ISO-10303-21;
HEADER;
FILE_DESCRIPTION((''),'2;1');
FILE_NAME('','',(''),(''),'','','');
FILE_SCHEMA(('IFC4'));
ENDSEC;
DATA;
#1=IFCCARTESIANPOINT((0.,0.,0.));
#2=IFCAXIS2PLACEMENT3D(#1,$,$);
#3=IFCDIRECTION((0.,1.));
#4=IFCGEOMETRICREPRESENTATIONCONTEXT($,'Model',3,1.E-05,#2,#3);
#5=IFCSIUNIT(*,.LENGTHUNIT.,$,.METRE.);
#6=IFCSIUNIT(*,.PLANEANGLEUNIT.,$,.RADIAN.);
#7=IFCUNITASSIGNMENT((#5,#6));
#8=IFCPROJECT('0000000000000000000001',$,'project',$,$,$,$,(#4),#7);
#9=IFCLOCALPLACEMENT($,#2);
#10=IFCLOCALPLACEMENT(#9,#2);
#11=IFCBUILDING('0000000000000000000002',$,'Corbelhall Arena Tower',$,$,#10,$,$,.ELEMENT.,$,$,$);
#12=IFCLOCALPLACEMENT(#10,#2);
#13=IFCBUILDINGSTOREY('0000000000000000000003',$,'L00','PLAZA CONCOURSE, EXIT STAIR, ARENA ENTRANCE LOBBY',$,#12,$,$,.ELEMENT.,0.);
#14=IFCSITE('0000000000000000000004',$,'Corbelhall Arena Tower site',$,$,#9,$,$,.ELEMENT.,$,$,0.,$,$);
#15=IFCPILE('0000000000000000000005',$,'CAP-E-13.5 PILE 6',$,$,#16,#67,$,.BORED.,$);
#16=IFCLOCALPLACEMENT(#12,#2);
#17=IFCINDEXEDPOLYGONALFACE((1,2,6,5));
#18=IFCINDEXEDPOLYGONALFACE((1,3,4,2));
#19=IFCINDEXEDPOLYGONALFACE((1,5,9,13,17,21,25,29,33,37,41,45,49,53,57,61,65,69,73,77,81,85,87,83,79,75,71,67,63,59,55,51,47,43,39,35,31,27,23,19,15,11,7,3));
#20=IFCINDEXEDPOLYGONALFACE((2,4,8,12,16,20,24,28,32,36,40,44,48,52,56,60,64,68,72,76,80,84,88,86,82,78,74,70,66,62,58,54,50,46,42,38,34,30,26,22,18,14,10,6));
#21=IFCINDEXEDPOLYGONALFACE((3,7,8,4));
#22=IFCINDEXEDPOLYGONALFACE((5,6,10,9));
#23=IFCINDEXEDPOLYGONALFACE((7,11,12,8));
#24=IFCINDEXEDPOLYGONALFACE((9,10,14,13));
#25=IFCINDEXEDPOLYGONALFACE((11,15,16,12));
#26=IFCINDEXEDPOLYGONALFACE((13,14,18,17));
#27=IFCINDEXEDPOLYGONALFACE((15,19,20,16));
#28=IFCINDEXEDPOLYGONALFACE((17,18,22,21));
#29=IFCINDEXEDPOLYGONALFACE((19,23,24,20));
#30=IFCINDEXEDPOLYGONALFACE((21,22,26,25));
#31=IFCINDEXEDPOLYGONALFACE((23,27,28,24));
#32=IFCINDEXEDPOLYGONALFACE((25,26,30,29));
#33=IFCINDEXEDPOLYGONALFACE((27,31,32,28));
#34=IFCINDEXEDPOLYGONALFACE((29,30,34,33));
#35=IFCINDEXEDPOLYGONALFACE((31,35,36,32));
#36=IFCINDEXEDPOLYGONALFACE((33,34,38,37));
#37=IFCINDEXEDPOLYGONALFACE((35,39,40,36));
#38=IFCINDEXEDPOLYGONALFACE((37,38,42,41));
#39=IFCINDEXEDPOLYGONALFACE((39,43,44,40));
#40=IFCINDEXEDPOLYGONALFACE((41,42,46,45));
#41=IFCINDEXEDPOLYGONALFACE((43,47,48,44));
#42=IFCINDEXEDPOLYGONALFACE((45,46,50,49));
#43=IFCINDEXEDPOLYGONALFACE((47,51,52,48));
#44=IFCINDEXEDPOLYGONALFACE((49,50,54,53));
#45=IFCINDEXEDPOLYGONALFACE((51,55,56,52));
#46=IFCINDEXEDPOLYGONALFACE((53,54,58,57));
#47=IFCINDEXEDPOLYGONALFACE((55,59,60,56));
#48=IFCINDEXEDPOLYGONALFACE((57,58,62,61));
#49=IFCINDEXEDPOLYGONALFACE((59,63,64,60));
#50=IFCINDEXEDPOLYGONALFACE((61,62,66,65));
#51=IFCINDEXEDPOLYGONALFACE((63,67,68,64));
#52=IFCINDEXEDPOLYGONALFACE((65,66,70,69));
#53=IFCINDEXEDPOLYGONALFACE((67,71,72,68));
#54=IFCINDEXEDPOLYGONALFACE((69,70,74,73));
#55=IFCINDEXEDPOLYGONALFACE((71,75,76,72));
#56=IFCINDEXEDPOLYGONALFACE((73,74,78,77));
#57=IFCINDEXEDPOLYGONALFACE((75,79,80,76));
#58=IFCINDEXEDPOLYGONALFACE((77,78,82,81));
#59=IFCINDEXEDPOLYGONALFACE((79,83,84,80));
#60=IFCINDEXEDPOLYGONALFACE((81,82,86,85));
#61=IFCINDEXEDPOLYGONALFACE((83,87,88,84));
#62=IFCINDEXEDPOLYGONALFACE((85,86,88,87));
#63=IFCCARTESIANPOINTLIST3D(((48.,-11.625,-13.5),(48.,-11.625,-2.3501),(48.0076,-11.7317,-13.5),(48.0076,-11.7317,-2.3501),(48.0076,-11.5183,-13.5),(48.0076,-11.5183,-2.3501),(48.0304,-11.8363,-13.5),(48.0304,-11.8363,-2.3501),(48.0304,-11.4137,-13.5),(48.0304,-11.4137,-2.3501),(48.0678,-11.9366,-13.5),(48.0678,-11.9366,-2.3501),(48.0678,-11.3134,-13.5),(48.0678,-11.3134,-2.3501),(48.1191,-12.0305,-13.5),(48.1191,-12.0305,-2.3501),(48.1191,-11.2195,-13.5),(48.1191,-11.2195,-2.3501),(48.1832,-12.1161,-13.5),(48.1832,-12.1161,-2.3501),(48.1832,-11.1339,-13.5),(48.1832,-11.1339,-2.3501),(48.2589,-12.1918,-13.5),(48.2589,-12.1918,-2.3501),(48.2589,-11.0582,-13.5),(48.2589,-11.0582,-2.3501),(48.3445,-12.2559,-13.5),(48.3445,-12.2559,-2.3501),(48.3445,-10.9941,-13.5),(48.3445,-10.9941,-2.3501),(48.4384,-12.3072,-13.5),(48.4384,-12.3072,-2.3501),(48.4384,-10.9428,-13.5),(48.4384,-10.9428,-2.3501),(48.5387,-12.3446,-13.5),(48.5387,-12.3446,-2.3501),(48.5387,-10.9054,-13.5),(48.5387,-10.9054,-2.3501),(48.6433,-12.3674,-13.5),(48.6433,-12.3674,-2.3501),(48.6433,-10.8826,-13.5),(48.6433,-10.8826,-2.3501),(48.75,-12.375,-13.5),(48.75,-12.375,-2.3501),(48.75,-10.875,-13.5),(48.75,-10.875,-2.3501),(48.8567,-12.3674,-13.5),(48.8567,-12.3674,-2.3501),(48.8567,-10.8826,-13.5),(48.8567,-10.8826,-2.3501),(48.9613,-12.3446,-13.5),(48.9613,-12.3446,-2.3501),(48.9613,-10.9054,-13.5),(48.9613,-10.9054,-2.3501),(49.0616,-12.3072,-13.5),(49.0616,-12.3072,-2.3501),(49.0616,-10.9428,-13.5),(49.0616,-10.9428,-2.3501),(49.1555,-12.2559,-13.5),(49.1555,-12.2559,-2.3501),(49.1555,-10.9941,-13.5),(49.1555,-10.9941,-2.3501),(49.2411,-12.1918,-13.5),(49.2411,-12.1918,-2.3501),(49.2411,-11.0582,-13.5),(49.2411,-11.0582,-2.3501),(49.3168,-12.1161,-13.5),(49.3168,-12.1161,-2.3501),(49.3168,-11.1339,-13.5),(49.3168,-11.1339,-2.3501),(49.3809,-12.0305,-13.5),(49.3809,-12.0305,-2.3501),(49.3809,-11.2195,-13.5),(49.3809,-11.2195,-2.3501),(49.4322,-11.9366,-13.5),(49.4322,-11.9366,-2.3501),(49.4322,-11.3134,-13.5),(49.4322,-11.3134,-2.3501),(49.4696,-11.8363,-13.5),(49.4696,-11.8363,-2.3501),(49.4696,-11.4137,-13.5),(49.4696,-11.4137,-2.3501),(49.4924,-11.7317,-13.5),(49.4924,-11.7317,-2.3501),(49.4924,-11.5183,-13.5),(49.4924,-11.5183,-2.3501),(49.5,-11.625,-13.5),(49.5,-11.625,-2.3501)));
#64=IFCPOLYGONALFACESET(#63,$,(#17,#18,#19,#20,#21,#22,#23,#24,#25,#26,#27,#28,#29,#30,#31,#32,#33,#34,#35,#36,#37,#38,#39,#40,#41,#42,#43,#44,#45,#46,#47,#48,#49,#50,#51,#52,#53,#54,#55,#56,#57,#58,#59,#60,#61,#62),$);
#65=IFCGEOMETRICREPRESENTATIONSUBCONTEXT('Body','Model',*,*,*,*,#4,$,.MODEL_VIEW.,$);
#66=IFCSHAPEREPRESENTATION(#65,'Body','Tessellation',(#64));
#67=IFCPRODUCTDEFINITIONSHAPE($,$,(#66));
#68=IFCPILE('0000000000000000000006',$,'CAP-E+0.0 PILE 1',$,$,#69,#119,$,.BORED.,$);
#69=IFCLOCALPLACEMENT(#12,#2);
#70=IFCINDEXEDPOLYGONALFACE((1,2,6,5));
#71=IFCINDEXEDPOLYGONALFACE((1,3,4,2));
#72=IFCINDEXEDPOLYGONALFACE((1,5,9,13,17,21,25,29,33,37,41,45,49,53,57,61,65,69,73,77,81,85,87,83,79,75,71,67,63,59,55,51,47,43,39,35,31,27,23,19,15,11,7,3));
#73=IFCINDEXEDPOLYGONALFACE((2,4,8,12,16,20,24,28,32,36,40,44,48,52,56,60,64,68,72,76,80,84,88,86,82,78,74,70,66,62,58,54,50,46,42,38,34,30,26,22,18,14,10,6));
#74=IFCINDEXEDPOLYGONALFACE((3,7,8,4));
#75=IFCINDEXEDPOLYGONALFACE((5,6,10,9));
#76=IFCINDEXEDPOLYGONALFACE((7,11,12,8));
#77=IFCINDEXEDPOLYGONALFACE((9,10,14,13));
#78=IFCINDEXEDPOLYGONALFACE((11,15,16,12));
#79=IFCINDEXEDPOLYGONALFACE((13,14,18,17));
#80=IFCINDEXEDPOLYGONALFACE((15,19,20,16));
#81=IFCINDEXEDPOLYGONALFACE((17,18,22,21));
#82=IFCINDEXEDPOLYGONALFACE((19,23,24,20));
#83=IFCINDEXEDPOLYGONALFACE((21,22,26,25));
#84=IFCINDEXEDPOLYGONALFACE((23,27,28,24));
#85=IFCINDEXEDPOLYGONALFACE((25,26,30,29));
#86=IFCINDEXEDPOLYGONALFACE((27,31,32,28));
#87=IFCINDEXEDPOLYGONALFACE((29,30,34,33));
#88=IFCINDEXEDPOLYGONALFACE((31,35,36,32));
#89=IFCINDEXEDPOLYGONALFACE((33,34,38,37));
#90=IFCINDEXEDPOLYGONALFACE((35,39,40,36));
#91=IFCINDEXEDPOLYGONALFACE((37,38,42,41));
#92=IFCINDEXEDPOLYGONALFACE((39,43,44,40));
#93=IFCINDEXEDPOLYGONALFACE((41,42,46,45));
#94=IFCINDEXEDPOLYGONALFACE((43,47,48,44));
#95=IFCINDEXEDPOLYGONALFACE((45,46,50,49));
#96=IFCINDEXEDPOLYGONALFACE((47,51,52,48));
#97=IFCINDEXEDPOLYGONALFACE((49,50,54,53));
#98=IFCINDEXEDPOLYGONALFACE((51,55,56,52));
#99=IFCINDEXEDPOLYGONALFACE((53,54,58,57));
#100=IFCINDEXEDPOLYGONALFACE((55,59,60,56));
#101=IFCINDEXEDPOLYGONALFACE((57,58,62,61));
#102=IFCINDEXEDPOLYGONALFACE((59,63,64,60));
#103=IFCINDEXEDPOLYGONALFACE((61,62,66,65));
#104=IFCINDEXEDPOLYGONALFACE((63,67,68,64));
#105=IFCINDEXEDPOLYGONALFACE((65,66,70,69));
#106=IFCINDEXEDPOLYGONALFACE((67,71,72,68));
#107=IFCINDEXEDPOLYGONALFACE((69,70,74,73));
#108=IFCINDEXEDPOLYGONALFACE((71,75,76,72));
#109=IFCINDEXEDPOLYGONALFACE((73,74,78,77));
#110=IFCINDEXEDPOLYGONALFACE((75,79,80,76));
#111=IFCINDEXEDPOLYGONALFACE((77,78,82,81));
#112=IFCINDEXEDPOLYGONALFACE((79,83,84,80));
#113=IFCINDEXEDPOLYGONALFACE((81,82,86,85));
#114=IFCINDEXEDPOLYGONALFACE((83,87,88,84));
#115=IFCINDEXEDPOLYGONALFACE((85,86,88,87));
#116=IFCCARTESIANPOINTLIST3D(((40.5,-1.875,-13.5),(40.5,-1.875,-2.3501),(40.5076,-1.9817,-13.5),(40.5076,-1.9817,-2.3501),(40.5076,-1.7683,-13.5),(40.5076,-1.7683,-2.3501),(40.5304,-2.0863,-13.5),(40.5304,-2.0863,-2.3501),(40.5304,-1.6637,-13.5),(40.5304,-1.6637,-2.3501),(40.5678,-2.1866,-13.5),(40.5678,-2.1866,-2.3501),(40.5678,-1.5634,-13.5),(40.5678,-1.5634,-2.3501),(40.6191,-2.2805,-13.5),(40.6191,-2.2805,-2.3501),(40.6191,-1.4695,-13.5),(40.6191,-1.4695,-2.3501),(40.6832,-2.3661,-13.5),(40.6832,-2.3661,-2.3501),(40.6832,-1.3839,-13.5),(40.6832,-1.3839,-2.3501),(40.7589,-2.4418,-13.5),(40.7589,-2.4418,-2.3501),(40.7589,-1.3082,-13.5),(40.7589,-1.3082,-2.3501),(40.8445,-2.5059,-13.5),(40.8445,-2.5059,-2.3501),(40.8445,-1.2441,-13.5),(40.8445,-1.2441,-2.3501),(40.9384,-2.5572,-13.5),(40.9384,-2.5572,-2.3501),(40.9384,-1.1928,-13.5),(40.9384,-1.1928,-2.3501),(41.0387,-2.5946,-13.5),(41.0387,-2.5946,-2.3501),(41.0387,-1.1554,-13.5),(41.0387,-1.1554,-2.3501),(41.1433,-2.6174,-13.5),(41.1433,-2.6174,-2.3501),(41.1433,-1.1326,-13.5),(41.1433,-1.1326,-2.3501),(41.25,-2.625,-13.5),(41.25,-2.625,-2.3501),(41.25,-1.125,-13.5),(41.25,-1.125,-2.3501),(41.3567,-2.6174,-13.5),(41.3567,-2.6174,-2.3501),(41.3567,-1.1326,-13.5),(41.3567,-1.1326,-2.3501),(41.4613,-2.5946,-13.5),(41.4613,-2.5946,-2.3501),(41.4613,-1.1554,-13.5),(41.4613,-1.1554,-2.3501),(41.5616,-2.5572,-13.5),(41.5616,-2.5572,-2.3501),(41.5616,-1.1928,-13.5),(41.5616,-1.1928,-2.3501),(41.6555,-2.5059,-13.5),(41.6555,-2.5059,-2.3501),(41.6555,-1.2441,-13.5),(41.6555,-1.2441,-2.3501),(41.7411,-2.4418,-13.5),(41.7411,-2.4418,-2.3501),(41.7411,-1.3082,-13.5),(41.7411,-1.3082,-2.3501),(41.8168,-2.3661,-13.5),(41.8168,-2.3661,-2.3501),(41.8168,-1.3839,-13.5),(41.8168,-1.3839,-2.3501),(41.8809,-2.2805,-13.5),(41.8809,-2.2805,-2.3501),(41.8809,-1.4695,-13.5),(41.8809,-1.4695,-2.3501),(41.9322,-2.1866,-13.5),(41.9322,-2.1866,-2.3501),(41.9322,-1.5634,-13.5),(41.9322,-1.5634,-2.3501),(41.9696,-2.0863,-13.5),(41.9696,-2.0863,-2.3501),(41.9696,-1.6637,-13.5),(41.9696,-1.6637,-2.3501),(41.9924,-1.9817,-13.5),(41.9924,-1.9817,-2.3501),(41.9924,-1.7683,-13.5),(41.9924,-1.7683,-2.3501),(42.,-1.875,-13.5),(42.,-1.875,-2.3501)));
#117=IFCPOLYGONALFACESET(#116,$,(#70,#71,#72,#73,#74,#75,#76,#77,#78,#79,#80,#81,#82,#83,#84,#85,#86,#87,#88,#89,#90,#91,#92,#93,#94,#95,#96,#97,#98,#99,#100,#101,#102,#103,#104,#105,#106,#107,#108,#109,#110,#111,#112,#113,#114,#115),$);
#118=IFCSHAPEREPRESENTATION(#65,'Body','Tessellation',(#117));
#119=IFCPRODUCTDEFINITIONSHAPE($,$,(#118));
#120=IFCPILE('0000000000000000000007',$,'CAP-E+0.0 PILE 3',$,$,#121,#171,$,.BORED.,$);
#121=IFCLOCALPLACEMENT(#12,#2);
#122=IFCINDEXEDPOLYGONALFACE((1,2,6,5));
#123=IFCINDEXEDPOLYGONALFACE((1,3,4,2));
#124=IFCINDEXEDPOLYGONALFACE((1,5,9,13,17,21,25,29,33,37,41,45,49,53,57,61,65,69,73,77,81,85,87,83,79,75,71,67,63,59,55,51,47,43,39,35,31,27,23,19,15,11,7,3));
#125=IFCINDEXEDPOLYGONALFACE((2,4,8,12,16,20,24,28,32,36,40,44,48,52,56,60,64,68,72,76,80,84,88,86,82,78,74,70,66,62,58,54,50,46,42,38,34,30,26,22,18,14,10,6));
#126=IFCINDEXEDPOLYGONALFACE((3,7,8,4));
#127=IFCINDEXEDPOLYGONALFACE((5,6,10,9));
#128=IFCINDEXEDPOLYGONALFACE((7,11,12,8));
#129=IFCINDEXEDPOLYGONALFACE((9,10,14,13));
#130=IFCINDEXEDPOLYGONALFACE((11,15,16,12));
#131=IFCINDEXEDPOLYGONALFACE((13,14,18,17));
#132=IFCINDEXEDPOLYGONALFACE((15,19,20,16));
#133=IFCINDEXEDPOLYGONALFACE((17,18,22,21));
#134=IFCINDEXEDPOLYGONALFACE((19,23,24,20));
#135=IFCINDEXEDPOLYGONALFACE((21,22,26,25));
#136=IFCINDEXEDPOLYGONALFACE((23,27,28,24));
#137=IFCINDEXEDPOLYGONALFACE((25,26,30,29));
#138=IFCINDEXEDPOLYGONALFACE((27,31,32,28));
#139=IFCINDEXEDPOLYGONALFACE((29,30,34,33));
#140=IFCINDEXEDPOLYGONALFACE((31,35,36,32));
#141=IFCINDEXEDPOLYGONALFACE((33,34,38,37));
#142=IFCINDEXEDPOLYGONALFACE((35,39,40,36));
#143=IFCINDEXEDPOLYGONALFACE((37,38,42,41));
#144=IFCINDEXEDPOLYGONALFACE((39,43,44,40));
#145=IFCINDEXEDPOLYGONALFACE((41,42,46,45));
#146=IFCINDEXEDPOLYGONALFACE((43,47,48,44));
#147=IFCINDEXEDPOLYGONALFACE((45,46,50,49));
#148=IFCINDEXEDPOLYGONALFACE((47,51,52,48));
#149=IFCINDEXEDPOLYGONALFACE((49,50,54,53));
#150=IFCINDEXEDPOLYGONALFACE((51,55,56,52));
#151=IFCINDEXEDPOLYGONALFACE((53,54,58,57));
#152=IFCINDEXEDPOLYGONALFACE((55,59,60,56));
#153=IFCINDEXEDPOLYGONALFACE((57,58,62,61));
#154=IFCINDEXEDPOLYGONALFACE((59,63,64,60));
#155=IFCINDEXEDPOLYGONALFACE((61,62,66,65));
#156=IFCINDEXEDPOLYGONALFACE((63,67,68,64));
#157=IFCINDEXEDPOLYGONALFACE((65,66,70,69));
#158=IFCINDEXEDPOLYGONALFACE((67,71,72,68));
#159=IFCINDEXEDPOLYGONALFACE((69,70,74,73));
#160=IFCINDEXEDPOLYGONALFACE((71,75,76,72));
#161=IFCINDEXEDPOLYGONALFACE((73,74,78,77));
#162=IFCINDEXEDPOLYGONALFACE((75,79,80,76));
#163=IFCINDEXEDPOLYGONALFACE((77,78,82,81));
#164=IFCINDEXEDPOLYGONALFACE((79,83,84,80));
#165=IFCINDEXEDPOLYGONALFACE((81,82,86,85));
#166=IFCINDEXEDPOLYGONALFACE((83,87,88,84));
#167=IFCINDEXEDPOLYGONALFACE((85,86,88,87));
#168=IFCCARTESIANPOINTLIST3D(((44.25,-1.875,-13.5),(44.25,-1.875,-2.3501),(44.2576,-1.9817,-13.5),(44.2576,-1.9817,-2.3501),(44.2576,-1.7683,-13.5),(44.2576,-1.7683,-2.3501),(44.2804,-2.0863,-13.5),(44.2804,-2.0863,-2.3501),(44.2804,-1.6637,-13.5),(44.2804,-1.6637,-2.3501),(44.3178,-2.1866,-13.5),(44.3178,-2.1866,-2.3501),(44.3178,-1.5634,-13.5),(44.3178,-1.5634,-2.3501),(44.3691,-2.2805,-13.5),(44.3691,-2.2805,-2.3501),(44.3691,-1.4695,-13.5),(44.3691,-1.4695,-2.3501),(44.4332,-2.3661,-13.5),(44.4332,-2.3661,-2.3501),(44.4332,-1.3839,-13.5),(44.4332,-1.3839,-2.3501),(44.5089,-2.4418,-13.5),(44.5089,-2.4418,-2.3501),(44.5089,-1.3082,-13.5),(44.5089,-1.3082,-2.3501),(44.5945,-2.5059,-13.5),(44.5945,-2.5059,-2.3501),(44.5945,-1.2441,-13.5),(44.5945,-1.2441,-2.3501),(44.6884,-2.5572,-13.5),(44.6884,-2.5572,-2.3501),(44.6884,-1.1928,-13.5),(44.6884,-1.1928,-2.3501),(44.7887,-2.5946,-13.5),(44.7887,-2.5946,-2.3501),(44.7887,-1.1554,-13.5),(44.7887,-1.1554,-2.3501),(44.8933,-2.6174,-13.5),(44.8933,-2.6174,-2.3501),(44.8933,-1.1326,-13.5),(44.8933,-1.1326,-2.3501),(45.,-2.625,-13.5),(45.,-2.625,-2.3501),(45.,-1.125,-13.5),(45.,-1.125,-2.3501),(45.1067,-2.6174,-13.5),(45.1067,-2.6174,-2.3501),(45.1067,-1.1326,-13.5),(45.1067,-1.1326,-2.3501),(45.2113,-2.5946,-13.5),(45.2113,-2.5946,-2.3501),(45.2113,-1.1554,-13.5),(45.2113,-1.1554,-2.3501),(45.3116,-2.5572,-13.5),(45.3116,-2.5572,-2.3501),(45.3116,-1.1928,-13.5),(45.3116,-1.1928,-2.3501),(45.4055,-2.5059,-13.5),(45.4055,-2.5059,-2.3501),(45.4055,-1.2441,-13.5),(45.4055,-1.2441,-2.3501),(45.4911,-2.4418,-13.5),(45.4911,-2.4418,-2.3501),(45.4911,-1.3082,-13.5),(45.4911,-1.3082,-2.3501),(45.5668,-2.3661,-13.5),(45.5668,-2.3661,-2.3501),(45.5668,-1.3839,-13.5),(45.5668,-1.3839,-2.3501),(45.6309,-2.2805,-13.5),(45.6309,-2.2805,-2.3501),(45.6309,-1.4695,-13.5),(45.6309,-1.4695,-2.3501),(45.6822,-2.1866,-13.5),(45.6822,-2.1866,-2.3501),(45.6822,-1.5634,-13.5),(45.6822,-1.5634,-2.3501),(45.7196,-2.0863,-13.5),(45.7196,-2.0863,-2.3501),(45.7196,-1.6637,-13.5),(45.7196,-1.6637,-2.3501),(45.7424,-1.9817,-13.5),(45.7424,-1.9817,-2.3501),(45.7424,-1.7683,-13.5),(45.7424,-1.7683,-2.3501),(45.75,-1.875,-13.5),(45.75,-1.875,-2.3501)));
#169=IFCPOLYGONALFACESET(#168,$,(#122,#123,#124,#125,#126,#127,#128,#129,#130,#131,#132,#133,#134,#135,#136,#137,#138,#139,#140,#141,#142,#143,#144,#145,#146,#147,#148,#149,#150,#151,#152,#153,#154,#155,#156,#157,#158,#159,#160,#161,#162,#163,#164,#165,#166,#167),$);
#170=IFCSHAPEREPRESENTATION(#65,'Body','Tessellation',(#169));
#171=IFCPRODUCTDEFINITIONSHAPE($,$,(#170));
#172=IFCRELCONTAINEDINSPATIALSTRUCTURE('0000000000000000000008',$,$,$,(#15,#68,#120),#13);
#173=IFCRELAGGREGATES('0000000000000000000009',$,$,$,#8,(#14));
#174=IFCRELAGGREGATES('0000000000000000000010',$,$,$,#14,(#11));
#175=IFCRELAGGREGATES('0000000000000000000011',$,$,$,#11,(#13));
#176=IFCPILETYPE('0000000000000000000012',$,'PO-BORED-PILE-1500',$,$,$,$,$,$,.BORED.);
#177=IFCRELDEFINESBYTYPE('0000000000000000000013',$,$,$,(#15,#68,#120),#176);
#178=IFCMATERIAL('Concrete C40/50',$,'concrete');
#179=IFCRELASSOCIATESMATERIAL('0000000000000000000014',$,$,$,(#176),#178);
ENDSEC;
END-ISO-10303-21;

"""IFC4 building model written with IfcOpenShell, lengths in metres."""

from ifc_helpers import new_model, si_unit, direction, frame, origin, origin_2d, place, context, subcontext, project, spatial, circle, extrude, material, material_profile, profile_set, type_object, element, save


model = new_model("IFC4")

# Units and contexts
model_context = context("Model", 3, precision=1e-05, world=origin(), true_north=direction((0.0, 1.0)))
body_context = subcontext(model_context, "Body", "Model", "MODEL_VIEW")
ifc_project = project(units=[si_unit("LENGTHUNIT", "METRE"), si_unit("PLANEANGLEUNIT", "RADIAN")], contexts=[model_context])

# Site, building, storey
site_placement = place(None, origin())
site = spatial("IfcSite", under=ifc_project, at=site_placement, Name="Corbelhall Arena Tower site", CompositionType="ELEMENT", RefElevation=0.0)
building_placement = place(site_placement, origin())
building = spatial("IfcBuilding", under=site, at=building_placement, Name="Corbelhall Arena Tower", CompositionType="ELEMENT")
storey_placement = place(building_placement, origin())
storey = spatial("IfcBuildingStorey", under=building, at=storey_placement, Name="L00", Description="PLAZA CONCOURSE, EXIT STAIR, ARENA ENTRANCE LOBBY", CompositionType="ELEMENT", Elevation=0.0)

# Piles
ifc_material_1 = material(Name="Concrete C40/50", Category="concrete")
ifc_material_profile_1 = material_profile(ifc_material_1, circle(Radius=0.75, at=origin_2d()))
ifc_profile_set_1 = profile_set([ifc_material_profile_1], Name="Concrete C40/50")
pile_type_1 = type_object("IfcPileType", Name="PO-BORED-PILE-1500", PredefinedType="BORED", material=ifc_profile_set_1)
for number, where, z_axis, x_axis, name in (
    (1, (48.75, -11.625, -2.3501), (0.0, 0.0, -1.0), (1.0, 0.0, 0.0), "CAP-E-13.5 PILE 6"),
    (2, (41.25, -1.875, -2.3501), (0.0, 0.0, -1.0), (1.0, 0.0, 0.0), "CAP-E+0.0 PILE 1"),
    (3, (45.0, -1.875, -2.3501), (0.0, 0.0, -1.0), (1.0, 0.0, 0.0), "CAP-E+0.0 PILE 3"),
):
    element("IfcPile", number, at=place(storey_placement, frame(where, z_axis=z_axis, x_axis=x_axis)), inside=storey, type_object=pile_type_1, Name=name, PredefinedType="BORED", context=body_context, shape_type="SweptSolid", body=[
        extrude(circle(Radius=0.75, at=origin_2d()), origin(), (0.0, 0.0, 1.0), 11.1499),
    ])

save(model, "model.ifc")
